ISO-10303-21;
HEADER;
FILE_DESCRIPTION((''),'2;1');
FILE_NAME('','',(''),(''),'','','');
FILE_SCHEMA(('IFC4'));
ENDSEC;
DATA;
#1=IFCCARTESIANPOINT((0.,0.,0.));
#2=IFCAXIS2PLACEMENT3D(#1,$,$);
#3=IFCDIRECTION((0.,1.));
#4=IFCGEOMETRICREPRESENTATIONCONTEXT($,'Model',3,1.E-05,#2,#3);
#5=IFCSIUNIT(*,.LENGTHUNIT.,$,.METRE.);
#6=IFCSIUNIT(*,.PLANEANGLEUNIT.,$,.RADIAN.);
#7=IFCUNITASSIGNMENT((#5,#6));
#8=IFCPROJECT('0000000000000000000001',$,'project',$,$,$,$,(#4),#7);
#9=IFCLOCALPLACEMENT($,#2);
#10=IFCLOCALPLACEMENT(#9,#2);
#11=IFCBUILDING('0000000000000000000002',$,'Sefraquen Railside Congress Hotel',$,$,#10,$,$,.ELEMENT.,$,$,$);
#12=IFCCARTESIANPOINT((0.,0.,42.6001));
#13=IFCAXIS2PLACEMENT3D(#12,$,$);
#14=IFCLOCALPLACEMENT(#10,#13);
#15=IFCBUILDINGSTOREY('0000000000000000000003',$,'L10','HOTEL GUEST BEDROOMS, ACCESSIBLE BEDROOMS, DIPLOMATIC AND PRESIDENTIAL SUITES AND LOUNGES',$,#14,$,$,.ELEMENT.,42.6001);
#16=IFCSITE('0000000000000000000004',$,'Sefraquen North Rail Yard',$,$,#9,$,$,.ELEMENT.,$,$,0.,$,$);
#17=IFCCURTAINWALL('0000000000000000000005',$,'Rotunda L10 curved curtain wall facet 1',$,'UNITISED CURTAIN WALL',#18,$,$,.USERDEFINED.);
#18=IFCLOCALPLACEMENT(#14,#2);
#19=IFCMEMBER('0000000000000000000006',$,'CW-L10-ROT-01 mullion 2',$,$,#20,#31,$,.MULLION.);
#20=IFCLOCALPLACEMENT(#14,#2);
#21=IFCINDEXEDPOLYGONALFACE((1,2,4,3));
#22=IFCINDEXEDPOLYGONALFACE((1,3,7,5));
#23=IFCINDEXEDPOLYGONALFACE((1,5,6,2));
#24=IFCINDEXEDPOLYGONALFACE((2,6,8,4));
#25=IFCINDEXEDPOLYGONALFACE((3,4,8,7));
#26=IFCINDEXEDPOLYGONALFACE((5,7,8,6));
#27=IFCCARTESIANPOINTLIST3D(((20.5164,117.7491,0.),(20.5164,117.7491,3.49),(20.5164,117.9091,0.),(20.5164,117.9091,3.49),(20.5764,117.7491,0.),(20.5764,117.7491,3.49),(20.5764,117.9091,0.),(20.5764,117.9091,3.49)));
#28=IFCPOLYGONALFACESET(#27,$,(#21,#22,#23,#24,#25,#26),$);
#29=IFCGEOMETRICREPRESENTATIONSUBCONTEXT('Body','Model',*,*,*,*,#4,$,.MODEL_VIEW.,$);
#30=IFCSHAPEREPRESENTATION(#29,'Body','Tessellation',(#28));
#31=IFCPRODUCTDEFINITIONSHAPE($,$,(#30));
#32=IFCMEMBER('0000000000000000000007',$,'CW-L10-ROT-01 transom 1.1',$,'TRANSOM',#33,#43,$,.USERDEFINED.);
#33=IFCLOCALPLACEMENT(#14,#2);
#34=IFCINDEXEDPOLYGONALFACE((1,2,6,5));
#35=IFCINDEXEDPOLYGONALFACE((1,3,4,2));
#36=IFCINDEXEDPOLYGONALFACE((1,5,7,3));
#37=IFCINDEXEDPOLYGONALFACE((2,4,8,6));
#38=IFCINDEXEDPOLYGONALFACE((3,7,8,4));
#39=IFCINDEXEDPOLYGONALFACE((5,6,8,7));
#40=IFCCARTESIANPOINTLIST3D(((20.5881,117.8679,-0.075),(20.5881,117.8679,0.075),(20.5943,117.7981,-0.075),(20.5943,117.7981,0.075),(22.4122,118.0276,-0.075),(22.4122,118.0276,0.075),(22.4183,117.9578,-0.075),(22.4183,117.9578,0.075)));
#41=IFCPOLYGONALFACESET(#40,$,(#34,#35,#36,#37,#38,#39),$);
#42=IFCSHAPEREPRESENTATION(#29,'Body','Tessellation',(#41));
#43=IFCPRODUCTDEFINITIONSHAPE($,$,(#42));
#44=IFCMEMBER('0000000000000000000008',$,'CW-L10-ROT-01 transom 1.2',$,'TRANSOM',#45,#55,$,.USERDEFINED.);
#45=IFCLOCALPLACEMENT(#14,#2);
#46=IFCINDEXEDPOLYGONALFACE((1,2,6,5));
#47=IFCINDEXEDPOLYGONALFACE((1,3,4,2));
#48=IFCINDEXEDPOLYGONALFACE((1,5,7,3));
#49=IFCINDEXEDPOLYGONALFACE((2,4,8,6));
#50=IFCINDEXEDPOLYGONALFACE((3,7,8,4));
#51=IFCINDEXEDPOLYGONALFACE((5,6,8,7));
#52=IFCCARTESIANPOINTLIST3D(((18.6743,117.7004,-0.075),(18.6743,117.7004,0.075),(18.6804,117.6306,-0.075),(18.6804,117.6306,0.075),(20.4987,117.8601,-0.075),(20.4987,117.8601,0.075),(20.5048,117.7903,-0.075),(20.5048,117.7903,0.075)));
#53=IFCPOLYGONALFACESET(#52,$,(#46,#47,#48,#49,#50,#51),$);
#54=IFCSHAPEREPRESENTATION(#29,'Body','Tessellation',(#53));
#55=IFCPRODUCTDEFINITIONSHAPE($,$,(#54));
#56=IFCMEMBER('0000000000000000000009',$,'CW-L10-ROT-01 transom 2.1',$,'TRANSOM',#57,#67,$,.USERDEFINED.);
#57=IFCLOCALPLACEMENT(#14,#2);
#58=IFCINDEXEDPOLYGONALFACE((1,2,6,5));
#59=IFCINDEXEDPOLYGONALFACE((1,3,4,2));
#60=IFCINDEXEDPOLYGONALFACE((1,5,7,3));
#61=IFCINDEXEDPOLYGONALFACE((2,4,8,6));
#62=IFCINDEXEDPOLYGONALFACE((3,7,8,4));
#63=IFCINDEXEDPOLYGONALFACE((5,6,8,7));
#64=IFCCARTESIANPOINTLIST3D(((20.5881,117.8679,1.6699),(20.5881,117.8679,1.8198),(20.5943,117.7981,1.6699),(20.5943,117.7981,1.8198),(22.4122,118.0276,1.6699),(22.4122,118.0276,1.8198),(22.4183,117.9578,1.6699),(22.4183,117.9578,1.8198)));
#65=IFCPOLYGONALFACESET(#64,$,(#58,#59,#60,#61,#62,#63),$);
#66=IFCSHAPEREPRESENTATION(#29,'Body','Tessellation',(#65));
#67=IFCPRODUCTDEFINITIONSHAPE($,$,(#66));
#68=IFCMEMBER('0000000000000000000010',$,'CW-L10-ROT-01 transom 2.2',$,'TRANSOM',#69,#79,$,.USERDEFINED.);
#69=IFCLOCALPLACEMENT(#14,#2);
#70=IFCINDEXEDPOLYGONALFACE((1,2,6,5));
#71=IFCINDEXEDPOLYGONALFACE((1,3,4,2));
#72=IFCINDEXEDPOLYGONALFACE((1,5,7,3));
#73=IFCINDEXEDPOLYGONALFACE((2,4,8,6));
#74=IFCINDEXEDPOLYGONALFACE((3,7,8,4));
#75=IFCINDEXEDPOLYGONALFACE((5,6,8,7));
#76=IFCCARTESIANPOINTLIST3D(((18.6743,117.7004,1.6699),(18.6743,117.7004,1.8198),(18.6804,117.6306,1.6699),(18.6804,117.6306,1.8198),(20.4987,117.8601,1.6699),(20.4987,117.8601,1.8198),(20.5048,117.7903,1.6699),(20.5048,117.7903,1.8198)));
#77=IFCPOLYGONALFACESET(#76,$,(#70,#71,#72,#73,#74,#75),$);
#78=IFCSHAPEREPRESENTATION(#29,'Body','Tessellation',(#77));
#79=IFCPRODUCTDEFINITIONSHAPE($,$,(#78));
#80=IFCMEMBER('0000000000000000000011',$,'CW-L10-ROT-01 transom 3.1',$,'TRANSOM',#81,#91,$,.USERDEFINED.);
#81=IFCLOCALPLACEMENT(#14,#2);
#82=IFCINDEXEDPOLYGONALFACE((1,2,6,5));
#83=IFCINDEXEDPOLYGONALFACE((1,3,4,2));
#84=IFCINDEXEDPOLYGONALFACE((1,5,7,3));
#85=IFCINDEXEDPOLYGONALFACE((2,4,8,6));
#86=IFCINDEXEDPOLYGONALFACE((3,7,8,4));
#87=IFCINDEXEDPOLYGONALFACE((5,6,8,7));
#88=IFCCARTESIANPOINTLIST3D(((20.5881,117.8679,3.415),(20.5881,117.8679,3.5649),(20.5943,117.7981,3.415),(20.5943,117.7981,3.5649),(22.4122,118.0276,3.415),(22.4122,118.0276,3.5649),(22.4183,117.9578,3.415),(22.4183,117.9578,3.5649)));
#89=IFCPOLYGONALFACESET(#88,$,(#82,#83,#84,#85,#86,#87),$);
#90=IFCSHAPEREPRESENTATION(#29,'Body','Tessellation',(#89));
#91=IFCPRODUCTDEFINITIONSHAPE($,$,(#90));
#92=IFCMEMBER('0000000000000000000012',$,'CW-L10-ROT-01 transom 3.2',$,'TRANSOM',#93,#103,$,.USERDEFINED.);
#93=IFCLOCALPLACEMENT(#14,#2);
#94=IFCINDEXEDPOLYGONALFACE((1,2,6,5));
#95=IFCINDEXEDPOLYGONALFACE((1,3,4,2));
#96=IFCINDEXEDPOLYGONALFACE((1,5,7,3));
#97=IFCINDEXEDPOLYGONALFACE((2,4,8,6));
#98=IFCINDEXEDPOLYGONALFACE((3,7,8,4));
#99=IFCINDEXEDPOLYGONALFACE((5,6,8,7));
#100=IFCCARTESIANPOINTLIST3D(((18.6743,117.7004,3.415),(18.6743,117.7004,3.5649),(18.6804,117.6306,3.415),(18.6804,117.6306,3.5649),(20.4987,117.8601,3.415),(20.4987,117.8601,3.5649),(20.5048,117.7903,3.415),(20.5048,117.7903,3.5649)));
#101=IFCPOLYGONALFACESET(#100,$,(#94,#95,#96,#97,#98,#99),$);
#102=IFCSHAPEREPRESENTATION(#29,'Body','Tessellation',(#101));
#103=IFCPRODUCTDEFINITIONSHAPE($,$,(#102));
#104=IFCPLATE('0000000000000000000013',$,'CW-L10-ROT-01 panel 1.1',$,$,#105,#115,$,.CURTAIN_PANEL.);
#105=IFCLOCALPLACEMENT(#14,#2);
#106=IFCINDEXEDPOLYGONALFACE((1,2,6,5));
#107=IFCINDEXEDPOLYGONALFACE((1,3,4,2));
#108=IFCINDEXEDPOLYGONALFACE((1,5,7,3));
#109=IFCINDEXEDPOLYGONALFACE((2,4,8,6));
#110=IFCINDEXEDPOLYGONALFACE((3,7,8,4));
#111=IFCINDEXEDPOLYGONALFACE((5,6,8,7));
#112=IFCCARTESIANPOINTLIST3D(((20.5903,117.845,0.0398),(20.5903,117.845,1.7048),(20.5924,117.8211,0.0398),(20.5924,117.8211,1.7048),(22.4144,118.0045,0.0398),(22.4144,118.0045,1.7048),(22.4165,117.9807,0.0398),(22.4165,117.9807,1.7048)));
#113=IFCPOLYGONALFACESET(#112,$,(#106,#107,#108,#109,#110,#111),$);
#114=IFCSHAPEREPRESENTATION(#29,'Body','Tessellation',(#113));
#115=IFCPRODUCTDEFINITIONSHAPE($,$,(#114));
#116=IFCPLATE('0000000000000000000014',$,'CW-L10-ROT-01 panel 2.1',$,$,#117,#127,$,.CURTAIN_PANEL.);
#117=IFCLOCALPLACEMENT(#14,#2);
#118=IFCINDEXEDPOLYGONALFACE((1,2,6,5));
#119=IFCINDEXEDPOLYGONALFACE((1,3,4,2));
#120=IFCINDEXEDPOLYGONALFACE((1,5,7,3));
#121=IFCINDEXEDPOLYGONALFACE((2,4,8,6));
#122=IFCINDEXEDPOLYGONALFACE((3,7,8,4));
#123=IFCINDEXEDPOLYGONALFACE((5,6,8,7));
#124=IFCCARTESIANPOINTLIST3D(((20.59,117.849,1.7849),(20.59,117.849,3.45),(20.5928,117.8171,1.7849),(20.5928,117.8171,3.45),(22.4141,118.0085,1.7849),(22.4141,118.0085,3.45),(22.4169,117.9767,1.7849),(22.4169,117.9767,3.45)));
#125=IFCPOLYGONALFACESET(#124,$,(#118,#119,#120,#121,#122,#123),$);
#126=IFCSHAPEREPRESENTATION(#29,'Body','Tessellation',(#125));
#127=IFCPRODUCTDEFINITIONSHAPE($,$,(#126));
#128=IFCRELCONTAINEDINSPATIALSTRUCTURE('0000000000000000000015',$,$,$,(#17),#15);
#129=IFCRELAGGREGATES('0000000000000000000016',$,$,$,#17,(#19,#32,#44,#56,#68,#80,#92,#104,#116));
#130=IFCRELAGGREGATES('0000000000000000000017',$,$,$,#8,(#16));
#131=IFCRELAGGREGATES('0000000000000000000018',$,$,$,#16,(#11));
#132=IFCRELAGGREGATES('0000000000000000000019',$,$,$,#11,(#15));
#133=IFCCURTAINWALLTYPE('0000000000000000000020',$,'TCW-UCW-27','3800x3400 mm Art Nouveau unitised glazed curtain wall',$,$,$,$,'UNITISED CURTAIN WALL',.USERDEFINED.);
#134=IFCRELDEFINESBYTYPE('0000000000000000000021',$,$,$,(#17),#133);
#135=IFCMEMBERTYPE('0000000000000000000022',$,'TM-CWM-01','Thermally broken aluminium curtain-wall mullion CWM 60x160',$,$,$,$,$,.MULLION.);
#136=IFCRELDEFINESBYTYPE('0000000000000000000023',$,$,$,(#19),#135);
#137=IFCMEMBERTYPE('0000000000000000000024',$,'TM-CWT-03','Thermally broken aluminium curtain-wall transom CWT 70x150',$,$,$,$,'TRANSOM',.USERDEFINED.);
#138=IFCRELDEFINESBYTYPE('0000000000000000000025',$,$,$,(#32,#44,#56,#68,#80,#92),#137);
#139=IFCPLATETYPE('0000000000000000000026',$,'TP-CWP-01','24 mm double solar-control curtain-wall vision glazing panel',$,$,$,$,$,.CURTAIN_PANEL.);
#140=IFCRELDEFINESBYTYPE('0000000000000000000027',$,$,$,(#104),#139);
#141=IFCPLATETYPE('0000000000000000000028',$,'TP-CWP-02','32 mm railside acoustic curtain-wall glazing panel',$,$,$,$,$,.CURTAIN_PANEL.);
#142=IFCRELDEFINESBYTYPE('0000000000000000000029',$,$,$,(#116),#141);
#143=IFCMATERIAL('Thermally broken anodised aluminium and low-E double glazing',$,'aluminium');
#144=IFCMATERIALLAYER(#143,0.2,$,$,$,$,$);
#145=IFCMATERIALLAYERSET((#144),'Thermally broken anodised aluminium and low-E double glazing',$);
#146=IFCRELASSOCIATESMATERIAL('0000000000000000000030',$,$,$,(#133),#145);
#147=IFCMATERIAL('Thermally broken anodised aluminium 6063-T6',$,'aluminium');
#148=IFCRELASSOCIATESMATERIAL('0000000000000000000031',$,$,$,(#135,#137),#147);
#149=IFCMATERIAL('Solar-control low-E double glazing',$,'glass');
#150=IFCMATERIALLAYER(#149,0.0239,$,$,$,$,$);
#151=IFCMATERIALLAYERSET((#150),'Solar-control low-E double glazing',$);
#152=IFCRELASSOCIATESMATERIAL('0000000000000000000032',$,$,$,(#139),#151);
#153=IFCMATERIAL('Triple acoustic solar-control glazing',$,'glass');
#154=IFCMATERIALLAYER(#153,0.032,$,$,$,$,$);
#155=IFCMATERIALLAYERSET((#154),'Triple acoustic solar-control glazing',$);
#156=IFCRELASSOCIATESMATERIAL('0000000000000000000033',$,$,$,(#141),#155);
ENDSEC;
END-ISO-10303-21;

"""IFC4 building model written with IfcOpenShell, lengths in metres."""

from ifc_helpers import new_model, si_unit, direction, frame, origin, origin_2d, place, context, subcontext, project, spatial, rectangle, extrude, material, layer, layer_set, material_profile, profile_set, type_object, element, aggregate, save


model = new_model("IFC4")

# Units and contexts
model_context = context("Model", 3, precision=1e-05, world=origin(), true_north=direction((0.0, 1.0)))
body_context = subcontext(model_context, "Body", "Model", "MODEL_VIEW")
ifc_project = project(units=[si_unit("LENGTHUNIT", "METRE"), si_unit("PLANEANGLEUNIT", "RADIAN")], contexts=[model_context])

# Site, building, storey
site_placement = place(None, origin())
site = spatial("IfcSite", under=ifc_project, at=site_placement, Name="Sefraquen North Rail Yard", CompositionType="ELEMENT", RefElevation=0.0)
building_placement = place(site_placement, origin())
building = spatial("IfcBuilding", under=site, at=building_placement, Name="Sefraquen Railside Congress Hotel", CompositionType="ELEMENT")
storey_placement = place(building_placement, frame((0.0, 0.0, 42.6001)))
storey = spatial("IfcBuildingStorey", under=building, at=storey_placement, Name="L10", Description="HOTEL GUEST BEDROOMS, ACCESSIBLE BEDROOMS, DIPLOMATIC AND PRESIDENTIAL SUITES AND LOUNGES", CompositionType="ELEMENT", Elevation=42.6001)

# Curtain wall, members, plates
ifc_material_1 = material(Name="Thermally broken anodised aluminium and low-E double glazing", Category="aluminium")
ifc_layer_1 = layer(ifc_material_1, 0.2)
ifc_layer_set_1 = layer_set([ifc_layer_1], Name="Thermally broken anodised aluminium and low-E double glazing")
curtain_wall_type = type_object("IfcCurtainWallType", Name="TCW-UCW-27", Description="3800x3400 mm Art Nouveau unitised glazed curtain wall", ElementType="UNITISED CURTAIN WALL", PredefinedType="USERDEFINED", material=ifc_layer_set_1)
curtain_wall_placement = place(storey_placement, origin())
curtain_wall = element("IfcCurtainWall", 1, at=curtain_wall_placement, inside=storey, type_object=curtain_wall_type, Name="Rotunda L10 curved curtain wall facet 1", ObjectType="UNITISED CURTAIN WALL", PredefinedType="USERDEFINED")
ifc_material_2 = material(Name="Thermally broken anodised aluminium 6063-T6", Category="aluminium")
ifc_material_profile_1 = material_profile(ifc_material_2, rectangle(XDim=0.0601, YDim=0.1599, at=origin_2d()), Name="CWM 60x160")
ifc_profile_set_1 = profile_set([ifc_material_profile_1], Name="Thermally broken anodised aluminium 6063-T6")
member_type_1 = type_object("IfcMemberType", Name="TM-CWM-01", Description="Thermally broken aluminium curtain-wall mullion CWM 60x160", PredefinedType="MULLION", material=ifc_profile_set_1)
member_1_placement = place(storey_placement, frame((20.5464, 117.8291, 0.0), z_axis=(0.0, 0.0, 1.0), x_axis=(1.0, 0.0, 0.0)))
member_1 = element("IfcMember", 2, at=member_1_placement, type_object=member_type_1, Name="CW-L10-ROT-01 mullion 2", PredefinedType="MULLION", context=body_context, shape_type="SweptSolid", body=[
    extrude(rectangle(XDim=0.0601, YDim=0.1599, at=origin_2d()), origin(), (0.0, 0.0, 1.0), 3.49),
])
ifc_material_profile_2 = material_profile(ifc_material_2, rectangle(XDim=0.0701, YDim=0.1499, at=origin_2d()), Name="CWT 70x150")
ifc_profile_set_2 = profile_set([ifc_material_profile_2], Name="Thermally broken anodised aluminium 6063-T6")
member_type_2 = type_object("IfcMemberType", Name="TM-CWT-03", Description="Thermally broken aluminium curtain-wall transom CWT 70x150", ElementType="TRANSOM", PredefinedType="USERDEFINED", material=ifc_profile_set_2)
member_2_placement = place(storey_placement, frame((22.4153, 117.9927, 0.0), z_axis=(-0.99619, -0.087205, 0.0), x_axis=(0.087205, -0.99619, 0.0)))
member_2 = element("IfcMember", 3, at=member_2_placement, type_object=member_type_2, Name="CW-L10-ROT-01 transom 1.1", ObjectType="TRANSOM", PredefinedType="USERDEFINED", context=body_context, shape_type="SweptSolid", body=[
    extrude(rectangle(XDim=0.0701, YDim=0.1499, at=origin_2d()), origin(), (0.0, 0.0, 1.0), 1.8311),
])
member_3_placement = place(storey_placement, frame((20.5017, 117.8252, 0.0), z_axis=(-0.996191, -0.087193, 0.0), x_axis=(0.087193, -0.996191, 0.0)))
member_3 = element("IfcMember", 4, at=member_3_placement, type_object=member_type_2, Name="CW-L10-ROT-01 transom 1.2", ObjectType="TRANSOM", PredefinedType="USERDEFINED", context=body_context, shape_type="SweptSolid", body=[
    extrude(rectangle(XDim=0.0701, YDim=0.1499, at=origin_2d()), origin(), (0.0, 0.0, 1.0), 1.8313),
])
member_4_placement = place(storey_placement, frame((22.4153, 117.9927, 1.7449), z_axis=(-0.99619, -0.087205, 0.0), x_axis=(0.087205, -0.99619, 0.0)))
member_4 = element("IfcMember", 5, at=member_4_placement, type_object=member_type_2, Name="CW-L10-ROT-01 transom 2.1", ObjectType="TRANSOM", PredefinedType="USERDEFINED", context=body_context, shape_type="SweptSolid", body=[
    extrude(rectangle(XDim=0.0701, YDim=0.1499, at=origin_2d()), origin(), (0.0, 0.0, 1.0), 1.8311),
])
member_5_placement = place(storey_placement, frame((20.5017, 117.8252, 1.7449), z_axis=(-0.996191, -0.087193, 0.0), x_axis=(0.087193, -0.996191, 0.0)))
member_5 = element("IfcMember", 6, at=member_5_placement, type_object=member_type_2, Name="CW-L10-ROT-01 transom 2.2", ObjectType="TRANSOM", PredefinedType="USERDEFINED", context=body_context, shape_type="SweptSolid", body=[
    extrude(rectangle(XDim=0.0701, YDim=0.1499, at=origin_2d()), origin(), (0.0, 0.0, 1.0), 1.8313),
])
member_6_placement = place(storey_placement, frame((22.4153, 117.9927, 3.49), z_axis=(-0.99619, -0.087205, 0.0), x_axis=(0.087205, -0.99619, 0.0)))
member_6 = element("IfcMember", 7, at=member_6_placement, type_object=member_type_2, Name="CW-L10-ROT-01 transom 3.1", ObjectType="TRANSOM", PredefinedType="USERDEFINED", context=body_context, shape_type="SweptSolid", body=[
    extrude(rectangle(XDim=0.0701, YDim=0.1499, at=origin_2d()), origin(), (0.0, 0.0, 1.0), 1.8311),
])
member_7_placement = place(storey_placement, frame((20.5017, 117.8252, 3.49), z_axis=(-0.996191, -0.087193, 0.0), x_axis=(0.087193, -0.996191, 0.0)))
member_7 = element("IfcMember", 8, at=member_7_placement, type_object=member_type_2, Name="CW-L10-ROT-01 transom 3.2", ObjectType="TRANSOM", PredefinedType="USERDEFINED", context=body_context, shape_type="SweptSolid", body=[
    extrude(rectangle(XDim=0.0701, YDim=0.1499, at=origin_2d()), origin(), (0.0, 0.0, 1.0), 1.8313),
])
ifc_material_3 = material(Name="Solar-control low-E double glazing", Category="glass")
ifc_layer_2 = layer(ifc_material_3, 0.0239)
ifc_layer_set_2 = layer_set([ifc_layer_2], Name="Solar-control low-E double glazing")
plate_type_1 = type_object("IfcPlateType", Name="TP-CWP-01", Description="24 mm double solar-control curtain-wall vision glazing panel", PredefinedType="CURTAIN_PANEL", material=ifc_layer_set_2)
plate_1_placement = place(storey_placement, frame((21.5034, 117.9128, 0.0398), z_axis=(0.0, 0.0, 1.0), x_axis=(-0.996196, -0.087138, 0.0)))
plate_1 = element("IfcPlate", 9, at=plate_1_placement, type_object=plate_type_1, Name="CW-L10-ROT-01 panel 1.1", PredefinedType="CURTAIN_PANEL", context=body_context, shape_type="SweptSolid", body=[
    extrude(rectangle(XDim=1.8311, YDim=0.0239, at=origin_2d()), origin(), (0.0, 0.0, 1.0), 1.665),
])
ifc_material_4 = material(Name="Triple acoustic solar-control glazing", Category="glass")
ifc_layer_3 = layer(ifc_material_4, 0.032)
ifc_layer_set_3 = layer_set([ifc_layer_3], Name="Triple acoustic solar-control glazing")
plate_type_2 = type_object("IfcPlateType", Name="TP-CWP-02", Description="32 mm railside acoustic curtain-wall glazing panel", PredefinedType="CURTAIN_PANEL", material=ifc_layer_set_3)
plate_2_placement = place(storey_placement, frame((21.5034, 117.9128, 1.7849), z_axis=(0.0, 0.0, 1.0), x_axis=(-0.996196, -0.087138, 0.0)))
plate_2 = element("IfcPlate", 10, at=plate_2_placement, type_object=plate_type_2, Name="CW-L10-ROT-01 panel 2.1", PredefinedType="CURTAIN_PANEL", context=body_context, shape_type="SweptSolid", body=[
    extrude(rectangle(XDim=1.8311, YDim=0.032, at=origin_2d()), origin(), (0.0, 0.0, 1.0), 1.665),
])
aggregate(curtain_wall, [member_1, member_2, member_3, member_4, member_5, member_6, member_7, plate_1, plate_2])

save(model, "model.ifc")
